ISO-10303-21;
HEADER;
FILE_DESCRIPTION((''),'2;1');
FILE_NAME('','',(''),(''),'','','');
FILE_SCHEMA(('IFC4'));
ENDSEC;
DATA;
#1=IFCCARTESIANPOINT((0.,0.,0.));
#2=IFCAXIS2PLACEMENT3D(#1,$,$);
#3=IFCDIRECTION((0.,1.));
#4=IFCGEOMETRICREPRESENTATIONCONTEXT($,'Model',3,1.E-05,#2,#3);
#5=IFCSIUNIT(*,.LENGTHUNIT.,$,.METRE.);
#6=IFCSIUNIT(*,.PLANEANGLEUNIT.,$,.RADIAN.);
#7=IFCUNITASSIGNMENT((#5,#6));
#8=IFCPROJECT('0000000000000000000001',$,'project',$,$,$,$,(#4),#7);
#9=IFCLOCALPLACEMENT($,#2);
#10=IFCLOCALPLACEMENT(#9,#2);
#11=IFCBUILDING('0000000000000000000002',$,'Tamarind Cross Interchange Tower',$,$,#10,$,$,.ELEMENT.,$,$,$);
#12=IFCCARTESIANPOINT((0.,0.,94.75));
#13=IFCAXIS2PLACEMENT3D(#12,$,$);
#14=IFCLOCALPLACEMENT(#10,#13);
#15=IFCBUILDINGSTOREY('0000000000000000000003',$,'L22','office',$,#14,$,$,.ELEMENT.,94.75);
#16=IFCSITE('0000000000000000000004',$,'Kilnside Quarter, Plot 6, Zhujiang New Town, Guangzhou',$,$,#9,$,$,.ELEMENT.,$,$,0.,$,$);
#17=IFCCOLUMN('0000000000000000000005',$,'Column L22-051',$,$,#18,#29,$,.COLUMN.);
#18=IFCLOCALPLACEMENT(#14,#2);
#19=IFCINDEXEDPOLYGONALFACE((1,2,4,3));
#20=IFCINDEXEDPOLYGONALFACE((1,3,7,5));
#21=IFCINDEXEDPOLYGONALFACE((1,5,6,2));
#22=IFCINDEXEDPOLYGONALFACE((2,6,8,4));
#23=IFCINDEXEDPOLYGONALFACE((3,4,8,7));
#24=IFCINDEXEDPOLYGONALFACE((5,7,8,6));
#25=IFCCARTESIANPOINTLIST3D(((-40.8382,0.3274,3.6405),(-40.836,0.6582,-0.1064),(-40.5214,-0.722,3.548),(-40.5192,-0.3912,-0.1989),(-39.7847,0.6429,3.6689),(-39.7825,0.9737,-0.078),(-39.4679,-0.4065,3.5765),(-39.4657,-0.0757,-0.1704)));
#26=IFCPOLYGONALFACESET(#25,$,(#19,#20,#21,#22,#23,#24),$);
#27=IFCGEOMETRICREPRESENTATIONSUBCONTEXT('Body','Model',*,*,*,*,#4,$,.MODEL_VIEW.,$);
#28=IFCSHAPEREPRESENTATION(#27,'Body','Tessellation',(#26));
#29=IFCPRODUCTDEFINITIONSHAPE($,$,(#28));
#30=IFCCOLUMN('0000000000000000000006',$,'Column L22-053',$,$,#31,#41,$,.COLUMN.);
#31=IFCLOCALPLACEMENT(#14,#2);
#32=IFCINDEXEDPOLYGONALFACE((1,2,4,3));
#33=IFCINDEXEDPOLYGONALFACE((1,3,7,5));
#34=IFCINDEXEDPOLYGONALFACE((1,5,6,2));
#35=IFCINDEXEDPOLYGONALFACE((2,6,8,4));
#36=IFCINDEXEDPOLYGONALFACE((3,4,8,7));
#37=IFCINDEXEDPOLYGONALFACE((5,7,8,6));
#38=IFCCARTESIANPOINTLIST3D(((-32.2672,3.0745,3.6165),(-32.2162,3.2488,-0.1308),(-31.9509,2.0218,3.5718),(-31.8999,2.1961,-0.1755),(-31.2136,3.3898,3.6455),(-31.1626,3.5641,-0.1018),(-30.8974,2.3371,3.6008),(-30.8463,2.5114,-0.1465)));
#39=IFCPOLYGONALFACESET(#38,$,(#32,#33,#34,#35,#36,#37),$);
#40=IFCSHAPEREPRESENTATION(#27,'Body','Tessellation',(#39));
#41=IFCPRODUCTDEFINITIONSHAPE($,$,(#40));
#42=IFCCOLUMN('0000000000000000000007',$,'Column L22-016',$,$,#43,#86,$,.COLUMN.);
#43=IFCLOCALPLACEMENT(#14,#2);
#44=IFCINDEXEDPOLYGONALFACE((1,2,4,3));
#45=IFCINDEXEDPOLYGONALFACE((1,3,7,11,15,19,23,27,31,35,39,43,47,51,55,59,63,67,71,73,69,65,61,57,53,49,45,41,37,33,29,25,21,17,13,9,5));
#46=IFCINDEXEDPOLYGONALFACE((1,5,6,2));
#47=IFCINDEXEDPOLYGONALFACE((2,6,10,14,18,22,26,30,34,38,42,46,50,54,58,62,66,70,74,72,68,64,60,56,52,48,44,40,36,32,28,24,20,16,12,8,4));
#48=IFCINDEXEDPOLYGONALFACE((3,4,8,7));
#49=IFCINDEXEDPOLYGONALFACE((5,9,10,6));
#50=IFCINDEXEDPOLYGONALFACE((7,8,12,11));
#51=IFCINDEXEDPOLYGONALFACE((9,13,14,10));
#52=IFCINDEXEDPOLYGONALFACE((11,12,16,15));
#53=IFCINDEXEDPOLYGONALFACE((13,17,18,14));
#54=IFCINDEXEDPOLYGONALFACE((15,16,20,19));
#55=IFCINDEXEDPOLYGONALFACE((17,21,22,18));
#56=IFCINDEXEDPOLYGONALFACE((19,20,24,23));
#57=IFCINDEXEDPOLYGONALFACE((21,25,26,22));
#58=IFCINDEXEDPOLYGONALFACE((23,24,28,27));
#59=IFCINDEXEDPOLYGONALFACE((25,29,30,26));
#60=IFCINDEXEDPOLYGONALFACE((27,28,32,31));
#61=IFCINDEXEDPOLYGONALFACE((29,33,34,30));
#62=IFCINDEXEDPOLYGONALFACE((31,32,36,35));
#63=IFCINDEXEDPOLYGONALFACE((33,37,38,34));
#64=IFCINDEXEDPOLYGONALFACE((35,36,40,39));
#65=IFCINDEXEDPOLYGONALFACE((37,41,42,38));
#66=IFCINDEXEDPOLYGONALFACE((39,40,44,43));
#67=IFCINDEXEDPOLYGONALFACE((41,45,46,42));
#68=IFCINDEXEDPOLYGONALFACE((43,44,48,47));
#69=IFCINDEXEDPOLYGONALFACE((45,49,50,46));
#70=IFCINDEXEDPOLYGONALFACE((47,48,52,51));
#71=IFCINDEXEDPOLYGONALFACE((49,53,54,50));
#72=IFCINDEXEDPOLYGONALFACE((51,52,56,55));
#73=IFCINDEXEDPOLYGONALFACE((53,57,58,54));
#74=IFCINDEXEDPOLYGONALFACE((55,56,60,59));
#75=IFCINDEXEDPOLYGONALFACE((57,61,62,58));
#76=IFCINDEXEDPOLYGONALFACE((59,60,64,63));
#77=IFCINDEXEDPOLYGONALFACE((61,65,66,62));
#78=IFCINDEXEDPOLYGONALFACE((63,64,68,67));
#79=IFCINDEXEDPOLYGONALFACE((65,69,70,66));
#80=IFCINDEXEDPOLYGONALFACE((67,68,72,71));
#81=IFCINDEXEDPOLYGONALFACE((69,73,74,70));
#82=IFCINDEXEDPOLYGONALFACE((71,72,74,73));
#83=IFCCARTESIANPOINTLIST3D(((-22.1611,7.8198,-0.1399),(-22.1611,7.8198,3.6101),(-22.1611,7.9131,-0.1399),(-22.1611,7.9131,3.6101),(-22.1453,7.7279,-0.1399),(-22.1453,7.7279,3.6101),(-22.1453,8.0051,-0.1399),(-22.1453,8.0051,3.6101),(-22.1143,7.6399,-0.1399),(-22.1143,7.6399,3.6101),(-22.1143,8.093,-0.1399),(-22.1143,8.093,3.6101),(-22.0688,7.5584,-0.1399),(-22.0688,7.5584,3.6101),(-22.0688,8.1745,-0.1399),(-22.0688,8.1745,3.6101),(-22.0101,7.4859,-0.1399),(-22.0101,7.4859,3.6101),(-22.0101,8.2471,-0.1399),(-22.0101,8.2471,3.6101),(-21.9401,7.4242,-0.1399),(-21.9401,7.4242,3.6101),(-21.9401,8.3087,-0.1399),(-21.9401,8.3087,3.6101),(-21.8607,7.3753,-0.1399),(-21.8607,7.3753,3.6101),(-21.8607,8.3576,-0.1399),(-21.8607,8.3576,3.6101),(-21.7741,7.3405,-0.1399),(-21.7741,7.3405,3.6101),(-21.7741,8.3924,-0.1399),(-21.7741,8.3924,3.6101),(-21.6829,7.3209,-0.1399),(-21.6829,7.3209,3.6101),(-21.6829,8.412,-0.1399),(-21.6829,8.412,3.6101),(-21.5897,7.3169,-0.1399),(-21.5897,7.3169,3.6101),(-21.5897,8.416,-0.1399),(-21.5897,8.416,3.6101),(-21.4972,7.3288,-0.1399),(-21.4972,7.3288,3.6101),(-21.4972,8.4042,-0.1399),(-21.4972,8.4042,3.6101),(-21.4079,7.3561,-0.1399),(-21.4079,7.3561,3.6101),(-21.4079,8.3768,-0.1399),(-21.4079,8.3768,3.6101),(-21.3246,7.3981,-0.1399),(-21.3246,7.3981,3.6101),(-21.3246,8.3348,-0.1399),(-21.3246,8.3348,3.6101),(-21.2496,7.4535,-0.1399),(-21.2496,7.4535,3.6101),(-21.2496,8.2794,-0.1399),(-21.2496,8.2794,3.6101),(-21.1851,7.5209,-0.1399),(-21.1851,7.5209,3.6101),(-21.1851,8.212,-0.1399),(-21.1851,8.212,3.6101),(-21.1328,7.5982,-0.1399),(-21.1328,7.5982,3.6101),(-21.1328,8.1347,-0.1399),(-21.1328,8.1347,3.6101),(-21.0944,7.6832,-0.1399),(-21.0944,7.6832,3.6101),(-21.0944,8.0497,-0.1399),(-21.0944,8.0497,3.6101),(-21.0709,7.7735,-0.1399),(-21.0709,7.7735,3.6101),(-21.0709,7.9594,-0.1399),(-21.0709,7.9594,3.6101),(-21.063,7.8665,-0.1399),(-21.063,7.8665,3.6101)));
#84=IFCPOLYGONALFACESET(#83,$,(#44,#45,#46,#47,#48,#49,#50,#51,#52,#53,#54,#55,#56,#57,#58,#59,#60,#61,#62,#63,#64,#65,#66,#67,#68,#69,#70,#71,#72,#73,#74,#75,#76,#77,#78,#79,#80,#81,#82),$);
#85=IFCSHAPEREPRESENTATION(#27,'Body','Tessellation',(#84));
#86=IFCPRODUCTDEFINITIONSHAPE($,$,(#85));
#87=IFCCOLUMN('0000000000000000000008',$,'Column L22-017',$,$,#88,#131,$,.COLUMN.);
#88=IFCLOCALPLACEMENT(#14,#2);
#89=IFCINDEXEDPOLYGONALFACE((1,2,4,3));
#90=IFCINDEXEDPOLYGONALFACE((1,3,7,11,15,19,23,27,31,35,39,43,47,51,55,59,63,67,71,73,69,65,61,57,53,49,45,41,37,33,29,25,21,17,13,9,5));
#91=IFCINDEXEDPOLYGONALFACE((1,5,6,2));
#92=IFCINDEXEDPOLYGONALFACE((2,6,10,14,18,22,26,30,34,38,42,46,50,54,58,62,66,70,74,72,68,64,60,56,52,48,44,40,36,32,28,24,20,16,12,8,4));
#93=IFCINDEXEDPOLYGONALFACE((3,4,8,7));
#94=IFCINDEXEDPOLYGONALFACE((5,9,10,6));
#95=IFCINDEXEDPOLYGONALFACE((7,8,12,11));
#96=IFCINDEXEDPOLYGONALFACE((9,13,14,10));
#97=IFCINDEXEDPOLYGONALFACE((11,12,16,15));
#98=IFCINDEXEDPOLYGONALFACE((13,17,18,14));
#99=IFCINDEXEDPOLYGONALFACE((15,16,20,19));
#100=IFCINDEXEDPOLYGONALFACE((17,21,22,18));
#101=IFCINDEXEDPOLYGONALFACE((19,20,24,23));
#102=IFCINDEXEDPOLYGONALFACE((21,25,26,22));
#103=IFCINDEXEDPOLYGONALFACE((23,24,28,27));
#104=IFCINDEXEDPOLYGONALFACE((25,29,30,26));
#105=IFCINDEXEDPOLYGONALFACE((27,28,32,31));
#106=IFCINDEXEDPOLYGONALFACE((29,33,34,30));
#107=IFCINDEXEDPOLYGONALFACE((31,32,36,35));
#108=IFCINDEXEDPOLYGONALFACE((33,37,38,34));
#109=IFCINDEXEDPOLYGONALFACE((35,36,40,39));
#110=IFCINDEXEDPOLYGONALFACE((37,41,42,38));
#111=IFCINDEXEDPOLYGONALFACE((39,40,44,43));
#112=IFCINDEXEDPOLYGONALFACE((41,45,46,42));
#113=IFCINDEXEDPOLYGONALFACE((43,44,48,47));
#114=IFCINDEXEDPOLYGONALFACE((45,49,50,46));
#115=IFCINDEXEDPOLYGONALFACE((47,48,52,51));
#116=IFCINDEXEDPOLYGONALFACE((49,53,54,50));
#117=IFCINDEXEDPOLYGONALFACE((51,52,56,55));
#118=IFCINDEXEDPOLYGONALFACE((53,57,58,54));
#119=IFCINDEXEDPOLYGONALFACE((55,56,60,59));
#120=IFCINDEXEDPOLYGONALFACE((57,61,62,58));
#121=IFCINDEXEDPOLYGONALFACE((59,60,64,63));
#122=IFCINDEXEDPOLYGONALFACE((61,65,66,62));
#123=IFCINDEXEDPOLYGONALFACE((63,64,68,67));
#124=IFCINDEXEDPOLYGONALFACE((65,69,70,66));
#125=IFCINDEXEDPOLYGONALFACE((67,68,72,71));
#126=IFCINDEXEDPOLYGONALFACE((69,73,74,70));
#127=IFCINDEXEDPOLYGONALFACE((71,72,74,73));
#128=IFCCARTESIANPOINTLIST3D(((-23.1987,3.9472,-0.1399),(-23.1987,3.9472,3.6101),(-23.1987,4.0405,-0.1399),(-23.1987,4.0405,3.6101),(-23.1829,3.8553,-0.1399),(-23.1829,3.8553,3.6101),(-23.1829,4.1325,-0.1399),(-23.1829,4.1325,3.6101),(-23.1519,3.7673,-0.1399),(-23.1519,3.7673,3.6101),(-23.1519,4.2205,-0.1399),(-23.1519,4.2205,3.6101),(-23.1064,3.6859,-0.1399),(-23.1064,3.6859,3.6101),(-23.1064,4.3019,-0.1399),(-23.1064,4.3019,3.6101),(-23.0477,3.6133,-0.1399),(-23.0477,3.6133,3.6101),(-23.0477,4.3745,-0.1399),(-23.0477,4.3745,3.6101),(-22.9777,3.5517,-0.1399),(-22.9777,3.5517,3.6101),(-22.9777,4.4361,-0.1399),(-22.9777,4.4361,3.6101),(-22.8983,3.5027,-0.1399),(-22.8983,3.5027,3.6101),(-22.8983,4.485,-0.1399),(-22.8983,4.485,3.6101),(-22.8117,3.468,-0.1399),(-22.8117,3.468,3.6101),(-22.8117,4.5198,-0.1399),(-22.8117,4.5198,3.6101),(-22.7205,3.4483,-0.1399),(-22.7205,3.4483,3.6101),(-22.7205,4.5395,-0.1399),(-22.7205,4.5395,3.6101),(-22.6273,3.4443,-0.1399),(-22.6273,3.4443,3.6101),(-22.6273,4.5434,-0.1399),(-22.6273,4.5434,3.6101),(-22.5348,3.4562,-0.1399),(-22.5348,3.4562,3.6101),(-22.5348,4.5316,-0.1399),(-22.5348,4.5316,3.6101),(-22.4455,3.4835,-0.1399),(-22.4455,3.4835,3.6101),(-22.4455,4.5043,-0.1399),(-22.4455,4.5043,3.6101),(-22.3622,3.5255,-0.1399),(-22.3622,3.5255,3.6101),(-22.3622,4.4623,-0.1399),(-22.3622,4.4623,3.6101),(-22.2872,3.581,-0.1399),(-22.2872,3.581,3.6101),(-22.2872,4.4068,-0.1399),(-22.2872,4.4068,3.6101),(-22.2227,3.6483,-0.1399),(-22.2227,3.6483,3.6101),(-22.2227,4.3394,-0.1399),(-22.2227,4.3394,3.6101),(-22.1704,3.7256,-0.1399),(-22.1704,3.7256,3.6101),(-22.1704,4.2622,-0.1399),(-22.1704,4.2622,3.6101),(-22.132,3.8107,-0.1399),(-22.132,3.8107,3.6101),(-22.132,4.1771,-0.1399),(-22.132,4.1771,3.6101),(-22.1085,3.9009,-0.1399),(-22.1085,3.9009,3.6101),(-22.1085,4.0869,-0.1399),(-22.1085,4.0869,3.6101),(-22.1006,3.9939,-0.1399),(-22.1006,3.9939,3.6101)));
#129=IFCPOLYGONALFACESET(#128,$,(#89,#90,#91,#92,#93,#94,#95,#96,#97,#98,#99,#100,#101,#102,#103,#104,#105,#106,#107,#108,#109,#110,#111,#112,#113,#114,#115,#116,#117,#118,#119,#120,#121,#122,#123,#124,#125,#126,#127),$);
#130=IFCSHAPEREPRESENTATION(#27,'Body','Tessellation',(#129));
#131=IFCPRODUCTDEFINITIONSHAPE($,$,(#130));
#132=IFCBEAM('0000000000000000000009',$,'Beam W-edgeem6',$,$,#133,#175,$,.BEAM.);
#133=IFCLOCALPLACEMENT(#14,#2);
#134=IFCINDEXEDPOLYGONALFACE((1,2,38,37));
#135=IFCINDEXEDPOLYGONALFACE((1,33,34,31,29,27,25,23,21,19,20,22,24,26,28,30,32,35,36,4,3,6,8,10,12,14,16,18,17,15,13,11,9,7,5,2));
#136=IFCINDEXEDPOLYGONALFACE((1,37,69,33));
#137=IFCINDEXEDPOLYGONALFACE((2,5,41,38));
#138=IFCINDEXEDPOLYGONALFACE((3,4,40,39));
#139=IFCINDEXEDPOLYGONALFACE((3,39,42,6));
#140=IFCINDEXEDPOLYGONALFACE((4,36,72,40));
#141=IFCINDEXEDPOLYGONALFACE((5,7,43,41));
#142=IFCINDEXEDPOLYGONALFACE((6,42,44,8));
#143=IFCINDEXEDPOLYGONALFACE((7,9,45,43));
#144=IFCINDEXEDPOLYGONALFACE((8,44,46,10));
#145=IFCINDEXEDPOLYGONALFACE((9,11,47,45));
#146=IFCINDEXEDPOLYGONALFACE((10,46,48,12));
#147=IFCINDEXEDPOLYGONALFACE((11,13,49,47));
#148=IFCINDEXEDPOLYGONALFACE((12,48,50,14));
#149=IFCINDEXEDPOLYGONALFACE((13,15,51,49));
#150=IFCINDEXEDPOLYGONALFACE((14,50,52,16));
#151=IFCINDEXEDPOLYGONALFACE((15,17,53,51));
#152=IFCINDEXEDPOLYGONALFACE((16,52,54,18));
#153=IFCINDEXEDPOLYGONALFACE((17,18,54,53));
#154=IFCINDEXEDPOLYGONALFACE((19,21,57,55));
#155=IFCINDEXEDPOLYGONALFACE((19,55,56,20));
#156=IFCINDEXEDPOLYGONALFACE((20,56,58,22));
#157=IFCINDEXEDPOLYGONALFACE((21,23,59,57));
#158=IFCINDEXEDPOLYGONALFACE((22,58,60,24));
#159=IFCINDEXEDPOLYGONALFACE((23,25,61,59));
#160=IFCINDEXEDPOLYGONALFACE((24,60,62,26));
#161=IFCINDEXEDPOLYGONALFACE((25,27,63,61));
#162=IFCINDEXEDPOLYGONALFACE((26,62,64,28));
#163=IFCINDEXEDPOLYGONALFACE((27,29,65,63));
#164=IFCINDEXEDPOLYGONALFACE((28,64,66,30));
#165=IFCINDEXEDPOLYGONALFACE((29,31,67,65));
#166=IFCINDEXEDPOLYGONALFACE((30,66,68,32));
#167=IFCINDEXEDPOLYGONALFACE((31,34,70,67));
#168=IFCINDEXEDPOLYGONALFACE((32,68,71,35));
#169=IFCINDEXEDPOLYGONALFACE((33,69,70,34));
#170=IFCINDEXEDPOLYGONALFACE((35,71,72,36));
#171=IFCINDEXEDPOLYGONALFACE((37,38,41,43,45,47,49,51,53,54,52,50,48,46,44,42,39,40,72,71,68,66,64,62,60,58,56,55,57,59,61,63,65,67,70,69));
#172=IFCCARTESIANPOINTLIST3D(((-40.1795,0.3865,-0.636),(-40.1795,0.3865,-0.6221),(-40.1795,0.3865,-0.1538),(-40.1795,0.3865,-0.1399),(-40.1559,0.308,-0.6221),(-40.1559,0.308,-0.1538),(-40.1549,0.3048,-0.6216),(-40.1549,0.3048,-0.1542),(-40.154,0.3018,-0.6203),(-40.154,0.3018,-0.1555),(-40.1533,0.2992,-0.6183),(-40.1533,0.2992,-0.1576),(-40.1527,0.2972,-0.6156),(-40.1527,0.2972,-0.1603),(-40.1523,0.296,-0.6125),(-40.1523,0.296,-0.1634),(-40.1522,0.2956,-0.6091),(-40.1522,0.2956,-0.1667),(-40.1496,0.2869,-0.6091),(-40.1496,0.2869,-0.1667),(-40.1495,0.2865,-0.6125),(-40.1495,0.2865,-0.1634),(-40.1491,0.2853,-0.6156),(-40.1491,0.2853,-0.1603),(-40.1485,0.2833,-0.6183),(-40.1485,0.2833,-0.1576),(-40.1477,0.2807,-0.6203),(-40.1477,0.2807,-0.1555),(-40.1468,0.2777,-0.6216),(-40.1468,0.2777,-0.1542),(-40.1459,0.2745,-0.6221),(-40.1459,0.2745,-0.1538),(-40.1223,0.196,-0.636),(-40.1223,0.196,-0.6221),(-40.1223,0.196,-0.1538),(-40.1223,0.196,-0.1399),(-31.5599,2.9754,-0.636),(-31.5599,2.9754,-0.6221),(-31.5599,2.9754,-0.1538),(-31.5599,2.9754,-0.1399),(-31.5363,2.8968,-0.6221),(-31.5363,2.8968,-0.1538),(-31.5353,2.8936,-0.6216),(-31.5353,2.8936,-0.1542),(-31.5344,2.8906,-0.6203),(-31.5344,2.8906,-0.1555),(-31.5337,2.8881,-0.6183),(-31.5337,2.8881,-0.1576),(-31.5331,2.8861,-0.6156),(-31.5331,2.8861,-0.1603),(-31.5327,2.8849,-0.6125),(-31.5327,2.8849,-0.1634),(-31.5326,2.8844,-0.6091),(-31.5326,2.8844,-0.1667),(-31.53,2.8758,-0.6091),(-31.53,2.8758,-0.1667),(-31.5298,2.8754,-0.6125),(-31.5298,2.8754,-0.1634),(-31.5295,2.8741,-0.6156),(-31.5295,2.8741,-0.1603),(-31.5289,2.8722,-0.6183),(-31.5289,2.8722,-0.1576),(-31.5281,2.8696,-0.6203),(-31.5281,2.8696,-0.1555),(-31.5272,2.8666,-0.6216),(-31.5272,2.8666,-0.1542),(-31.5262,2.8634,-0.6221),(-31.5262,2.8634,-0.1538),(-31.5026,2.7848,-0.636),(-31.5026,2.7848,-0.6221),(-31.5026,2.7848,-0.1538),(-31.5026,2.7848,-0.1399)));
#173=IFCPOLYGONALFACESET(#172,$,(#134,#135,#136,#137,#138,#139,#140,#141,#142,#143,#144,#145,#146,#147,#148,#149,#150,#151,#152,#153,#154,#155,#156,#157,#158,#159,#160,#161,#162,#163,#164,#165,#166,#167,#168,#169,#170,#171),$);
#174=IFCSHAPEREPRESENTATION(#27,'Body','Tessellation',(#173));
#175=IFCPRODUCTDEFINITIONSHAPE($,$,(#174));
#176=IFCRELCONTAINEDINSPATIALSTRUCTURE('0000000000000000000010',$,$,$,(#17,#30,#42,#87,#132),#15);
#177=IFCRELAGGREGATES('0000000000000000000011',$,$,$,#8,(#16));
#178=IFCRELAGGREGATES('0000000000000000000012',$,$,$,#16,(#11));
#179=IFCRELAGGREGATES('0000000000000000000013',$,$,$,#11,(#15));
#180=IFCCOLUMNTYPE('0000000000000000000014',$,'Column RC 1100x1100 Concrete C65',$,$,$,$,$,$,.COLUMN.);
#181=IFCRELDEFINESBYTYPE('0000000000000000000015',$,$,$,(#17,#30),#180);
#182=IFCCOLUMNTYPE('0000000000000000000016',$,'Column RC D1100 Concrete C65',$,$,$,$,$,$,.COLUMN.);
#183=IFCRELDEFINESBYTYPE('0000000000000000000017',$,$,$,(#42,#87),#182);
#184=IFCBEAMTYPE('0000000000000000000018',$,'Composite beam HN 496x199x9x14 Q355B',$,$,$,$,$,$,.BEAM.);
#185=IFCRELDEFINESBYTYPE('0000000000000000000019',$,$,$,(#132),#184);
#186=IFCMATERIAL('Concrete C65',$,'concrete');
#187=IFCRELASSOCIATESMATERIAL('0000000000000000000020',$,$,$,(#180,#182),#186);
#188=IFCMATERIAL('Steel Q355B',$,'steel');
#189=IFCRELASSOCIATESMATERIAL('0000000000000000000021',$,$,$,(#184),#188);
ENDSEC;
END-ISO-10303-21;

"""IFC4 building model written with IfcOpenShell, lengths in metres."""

from ifc_helpers import new_model, si_unit, direction, frame, origin, origin_2d, place, context, subcontext, project, spatial, rectangle, circle, i_section, extrude, material, material_profile, profile_set, type_object, element, save


model = new_model("IFC4")

# Units and contexts
model_context = context("Model", 3, precision=1e-05, world=origin(), true_north=direction((0.0, 1.0)))
body_context = subcontext(model_context, "Body", "Model", "MODEL_VIEW")
ifc_project = project(units=[si_unit("LENGTHUNIT", "METRE"), si_unit("PLANEANGLEUNIT", "RADIAN")], contexts=[model_context])

# Site, building, storey
site_placement = place(None, origin())
site = spatial("IfcSite", under=ifc_project, at=site_placement, Name="Kilnside Quarter, Plot 6, Zhujiang New Town, Guangzhou", CompositionType="ELEMENT", RefElevation=0.0)
building_placement = place(site_placement, origin())
building = spatial("IfcBuilding", under=site, at=building_placement, Name="Tamarind Cross Interchange Tower", CompositionType="ELEMENT")
storey_placement = place(building_placement, frame((0.0, 0.0, 94.75)))
storey = spatial("IfcBuildingStorey", under=building, at=storey_placement, Name="L22", Description="office", CompositionType="ELEMENT", Elevation=94.75)

# Columns
ifc_material_1 = material(Name="Concrete C65", Category="concrete")
ifc_material_profile_1 = material_profile(ifc_material_1, rectangle(XDim=1.1001, YDim=1.1001, at=origin_2d()), Name="RC 1100x1100")
ifc_profile_set_1 = profile_set([ifc_material_profile_1], Name="Concrete C65")
column_type_1 = type_object("IfcColumnType", Name="Column RC 1100x1100 Concrete C65", PredefinedType="COLUMN", material=ifc_profile_set_1)
column_1_placement = place(storey_placement, frame((-40.1509, 0.2913, -0.1384), z_axis=(-0.000584, -0.087949, 0.996125), x_axis=(0.957647, 0.28678, 0.025882)))
element("IfcColumn", 1, at=column_1_placement, inside=storey, type_object=column_type_1, Name="Column L22-051", PredefinedType="COLUMN", context=body_context, shape_type="SweptSolid", body=[
    extrude(rectangle(XDim=1.1001, YDim=1.1001, at=origin_2d()), origin(), (0.0, 0.0, 1.0), 3.7615),
])
column_2_placement = place(storey_placement, frame((-31.5312, 2.8801, -0.1387), z_axis=(-0.013601, -0.046463, 0.998827), x_axis=(0.957681, 0.286621, 0.026373)))
element("IfcColumn", 2, at=column_2_placement, inside=storey, type_object=column_type_1, Name="Column L22-053", PredefinedType="COLUMN", context=body_context, shape_type="SweptSolid", body=[
    extrude(rectangle(XDim=1.1001, YDim=1.1001, at=origin_2d()), origin(), (0.0, 0.0, 1.0), 3.7517),
])
ifc_material_profile_2 = material_profile(ifc_material_1, circle(Radius=0.55, at=origin_2d()), Name="RC D1100")
ifc_profile_set_2 = profile_set([ifc_material_profile_2], Name="Concrete C65")
column_type_2 = type_object("IfcColumnType", Name="Column RC D1100 Concrete C65", PredefinedType="COLUMN", material=ifc_profile_set_2)
for number, where, z_axis, x_axis, name in (
    (3, (-21.613, 7.8665, -0.1399), (0.0, 0.0, 1.0), (1.0, 0.0, 0.0), "Column L22-016"),
    (4, (-22.6506, 3.9939, -0.1399), (0.0, 0.0, 1.0), (1.0, 0.0, 0.0), "Column L22-017"),
):
    element("IfcColumn", number, at=place(storey_placement, frame(where, z_axis=z_axis, x_axis=x_axis)), inside=storey, type_object=column_type_2, Name=name, PredefinedType="COLUMN", context=body_context, shape_type="SweptSolid", body=[
        extrude(circle(Radius=0.55, at=origin_2d()), origin(), (0.0, 0.0, 1.0), 3.75),
    ])

# Beam
ifc_material_2 = material(Name="Steel Q355B", Category="steel")
ifc_material_profile_3 = material_profile(ifc_material_2, i_section(OverallWidth=0.199, OverallDepth=0.4961, WebThickness=0.009, FlangeThickness=0.0139, FilletRadius=0.0129, at=origin_2d()), Name="HN 496x199x9x14")
ifc_profile_set_3 = profile_set([ifc_material_profile_3], Name="Steel Q355B")
beam_type_1 = type_object("IfcBeamType", Name="Composite beam HN 496x199x9x14 Q355B", PredefinedType="BEAM", material=ifc_profile_set_3)
beam_1_placement = place(storey_placement, frame((-40.1509, 0.2913, -0.3879), z_axis=(0.957735, 0.287651, 0.0), x_axis=(-0.287651, 0.957735, 0.0)))
element("IfcBeam", 5, at=beam_1_placement, inside=storey, type_object=beam_type_1, Name="Beam W-edgeem6", PredefinedType="BEAM", context=body_context, shape_type="SweptSolid", body=[
    extrude(i_section(OverallWidth=0.199, OverallDepth=0.4961, WebThickness=0.009, FlangeThickness=0.0139, FilletRadius=0.0129, at=origin_2d()), origin(), (0.0, 0.0, 1.0), 9.0),
])

save(model, "model.ifc")
